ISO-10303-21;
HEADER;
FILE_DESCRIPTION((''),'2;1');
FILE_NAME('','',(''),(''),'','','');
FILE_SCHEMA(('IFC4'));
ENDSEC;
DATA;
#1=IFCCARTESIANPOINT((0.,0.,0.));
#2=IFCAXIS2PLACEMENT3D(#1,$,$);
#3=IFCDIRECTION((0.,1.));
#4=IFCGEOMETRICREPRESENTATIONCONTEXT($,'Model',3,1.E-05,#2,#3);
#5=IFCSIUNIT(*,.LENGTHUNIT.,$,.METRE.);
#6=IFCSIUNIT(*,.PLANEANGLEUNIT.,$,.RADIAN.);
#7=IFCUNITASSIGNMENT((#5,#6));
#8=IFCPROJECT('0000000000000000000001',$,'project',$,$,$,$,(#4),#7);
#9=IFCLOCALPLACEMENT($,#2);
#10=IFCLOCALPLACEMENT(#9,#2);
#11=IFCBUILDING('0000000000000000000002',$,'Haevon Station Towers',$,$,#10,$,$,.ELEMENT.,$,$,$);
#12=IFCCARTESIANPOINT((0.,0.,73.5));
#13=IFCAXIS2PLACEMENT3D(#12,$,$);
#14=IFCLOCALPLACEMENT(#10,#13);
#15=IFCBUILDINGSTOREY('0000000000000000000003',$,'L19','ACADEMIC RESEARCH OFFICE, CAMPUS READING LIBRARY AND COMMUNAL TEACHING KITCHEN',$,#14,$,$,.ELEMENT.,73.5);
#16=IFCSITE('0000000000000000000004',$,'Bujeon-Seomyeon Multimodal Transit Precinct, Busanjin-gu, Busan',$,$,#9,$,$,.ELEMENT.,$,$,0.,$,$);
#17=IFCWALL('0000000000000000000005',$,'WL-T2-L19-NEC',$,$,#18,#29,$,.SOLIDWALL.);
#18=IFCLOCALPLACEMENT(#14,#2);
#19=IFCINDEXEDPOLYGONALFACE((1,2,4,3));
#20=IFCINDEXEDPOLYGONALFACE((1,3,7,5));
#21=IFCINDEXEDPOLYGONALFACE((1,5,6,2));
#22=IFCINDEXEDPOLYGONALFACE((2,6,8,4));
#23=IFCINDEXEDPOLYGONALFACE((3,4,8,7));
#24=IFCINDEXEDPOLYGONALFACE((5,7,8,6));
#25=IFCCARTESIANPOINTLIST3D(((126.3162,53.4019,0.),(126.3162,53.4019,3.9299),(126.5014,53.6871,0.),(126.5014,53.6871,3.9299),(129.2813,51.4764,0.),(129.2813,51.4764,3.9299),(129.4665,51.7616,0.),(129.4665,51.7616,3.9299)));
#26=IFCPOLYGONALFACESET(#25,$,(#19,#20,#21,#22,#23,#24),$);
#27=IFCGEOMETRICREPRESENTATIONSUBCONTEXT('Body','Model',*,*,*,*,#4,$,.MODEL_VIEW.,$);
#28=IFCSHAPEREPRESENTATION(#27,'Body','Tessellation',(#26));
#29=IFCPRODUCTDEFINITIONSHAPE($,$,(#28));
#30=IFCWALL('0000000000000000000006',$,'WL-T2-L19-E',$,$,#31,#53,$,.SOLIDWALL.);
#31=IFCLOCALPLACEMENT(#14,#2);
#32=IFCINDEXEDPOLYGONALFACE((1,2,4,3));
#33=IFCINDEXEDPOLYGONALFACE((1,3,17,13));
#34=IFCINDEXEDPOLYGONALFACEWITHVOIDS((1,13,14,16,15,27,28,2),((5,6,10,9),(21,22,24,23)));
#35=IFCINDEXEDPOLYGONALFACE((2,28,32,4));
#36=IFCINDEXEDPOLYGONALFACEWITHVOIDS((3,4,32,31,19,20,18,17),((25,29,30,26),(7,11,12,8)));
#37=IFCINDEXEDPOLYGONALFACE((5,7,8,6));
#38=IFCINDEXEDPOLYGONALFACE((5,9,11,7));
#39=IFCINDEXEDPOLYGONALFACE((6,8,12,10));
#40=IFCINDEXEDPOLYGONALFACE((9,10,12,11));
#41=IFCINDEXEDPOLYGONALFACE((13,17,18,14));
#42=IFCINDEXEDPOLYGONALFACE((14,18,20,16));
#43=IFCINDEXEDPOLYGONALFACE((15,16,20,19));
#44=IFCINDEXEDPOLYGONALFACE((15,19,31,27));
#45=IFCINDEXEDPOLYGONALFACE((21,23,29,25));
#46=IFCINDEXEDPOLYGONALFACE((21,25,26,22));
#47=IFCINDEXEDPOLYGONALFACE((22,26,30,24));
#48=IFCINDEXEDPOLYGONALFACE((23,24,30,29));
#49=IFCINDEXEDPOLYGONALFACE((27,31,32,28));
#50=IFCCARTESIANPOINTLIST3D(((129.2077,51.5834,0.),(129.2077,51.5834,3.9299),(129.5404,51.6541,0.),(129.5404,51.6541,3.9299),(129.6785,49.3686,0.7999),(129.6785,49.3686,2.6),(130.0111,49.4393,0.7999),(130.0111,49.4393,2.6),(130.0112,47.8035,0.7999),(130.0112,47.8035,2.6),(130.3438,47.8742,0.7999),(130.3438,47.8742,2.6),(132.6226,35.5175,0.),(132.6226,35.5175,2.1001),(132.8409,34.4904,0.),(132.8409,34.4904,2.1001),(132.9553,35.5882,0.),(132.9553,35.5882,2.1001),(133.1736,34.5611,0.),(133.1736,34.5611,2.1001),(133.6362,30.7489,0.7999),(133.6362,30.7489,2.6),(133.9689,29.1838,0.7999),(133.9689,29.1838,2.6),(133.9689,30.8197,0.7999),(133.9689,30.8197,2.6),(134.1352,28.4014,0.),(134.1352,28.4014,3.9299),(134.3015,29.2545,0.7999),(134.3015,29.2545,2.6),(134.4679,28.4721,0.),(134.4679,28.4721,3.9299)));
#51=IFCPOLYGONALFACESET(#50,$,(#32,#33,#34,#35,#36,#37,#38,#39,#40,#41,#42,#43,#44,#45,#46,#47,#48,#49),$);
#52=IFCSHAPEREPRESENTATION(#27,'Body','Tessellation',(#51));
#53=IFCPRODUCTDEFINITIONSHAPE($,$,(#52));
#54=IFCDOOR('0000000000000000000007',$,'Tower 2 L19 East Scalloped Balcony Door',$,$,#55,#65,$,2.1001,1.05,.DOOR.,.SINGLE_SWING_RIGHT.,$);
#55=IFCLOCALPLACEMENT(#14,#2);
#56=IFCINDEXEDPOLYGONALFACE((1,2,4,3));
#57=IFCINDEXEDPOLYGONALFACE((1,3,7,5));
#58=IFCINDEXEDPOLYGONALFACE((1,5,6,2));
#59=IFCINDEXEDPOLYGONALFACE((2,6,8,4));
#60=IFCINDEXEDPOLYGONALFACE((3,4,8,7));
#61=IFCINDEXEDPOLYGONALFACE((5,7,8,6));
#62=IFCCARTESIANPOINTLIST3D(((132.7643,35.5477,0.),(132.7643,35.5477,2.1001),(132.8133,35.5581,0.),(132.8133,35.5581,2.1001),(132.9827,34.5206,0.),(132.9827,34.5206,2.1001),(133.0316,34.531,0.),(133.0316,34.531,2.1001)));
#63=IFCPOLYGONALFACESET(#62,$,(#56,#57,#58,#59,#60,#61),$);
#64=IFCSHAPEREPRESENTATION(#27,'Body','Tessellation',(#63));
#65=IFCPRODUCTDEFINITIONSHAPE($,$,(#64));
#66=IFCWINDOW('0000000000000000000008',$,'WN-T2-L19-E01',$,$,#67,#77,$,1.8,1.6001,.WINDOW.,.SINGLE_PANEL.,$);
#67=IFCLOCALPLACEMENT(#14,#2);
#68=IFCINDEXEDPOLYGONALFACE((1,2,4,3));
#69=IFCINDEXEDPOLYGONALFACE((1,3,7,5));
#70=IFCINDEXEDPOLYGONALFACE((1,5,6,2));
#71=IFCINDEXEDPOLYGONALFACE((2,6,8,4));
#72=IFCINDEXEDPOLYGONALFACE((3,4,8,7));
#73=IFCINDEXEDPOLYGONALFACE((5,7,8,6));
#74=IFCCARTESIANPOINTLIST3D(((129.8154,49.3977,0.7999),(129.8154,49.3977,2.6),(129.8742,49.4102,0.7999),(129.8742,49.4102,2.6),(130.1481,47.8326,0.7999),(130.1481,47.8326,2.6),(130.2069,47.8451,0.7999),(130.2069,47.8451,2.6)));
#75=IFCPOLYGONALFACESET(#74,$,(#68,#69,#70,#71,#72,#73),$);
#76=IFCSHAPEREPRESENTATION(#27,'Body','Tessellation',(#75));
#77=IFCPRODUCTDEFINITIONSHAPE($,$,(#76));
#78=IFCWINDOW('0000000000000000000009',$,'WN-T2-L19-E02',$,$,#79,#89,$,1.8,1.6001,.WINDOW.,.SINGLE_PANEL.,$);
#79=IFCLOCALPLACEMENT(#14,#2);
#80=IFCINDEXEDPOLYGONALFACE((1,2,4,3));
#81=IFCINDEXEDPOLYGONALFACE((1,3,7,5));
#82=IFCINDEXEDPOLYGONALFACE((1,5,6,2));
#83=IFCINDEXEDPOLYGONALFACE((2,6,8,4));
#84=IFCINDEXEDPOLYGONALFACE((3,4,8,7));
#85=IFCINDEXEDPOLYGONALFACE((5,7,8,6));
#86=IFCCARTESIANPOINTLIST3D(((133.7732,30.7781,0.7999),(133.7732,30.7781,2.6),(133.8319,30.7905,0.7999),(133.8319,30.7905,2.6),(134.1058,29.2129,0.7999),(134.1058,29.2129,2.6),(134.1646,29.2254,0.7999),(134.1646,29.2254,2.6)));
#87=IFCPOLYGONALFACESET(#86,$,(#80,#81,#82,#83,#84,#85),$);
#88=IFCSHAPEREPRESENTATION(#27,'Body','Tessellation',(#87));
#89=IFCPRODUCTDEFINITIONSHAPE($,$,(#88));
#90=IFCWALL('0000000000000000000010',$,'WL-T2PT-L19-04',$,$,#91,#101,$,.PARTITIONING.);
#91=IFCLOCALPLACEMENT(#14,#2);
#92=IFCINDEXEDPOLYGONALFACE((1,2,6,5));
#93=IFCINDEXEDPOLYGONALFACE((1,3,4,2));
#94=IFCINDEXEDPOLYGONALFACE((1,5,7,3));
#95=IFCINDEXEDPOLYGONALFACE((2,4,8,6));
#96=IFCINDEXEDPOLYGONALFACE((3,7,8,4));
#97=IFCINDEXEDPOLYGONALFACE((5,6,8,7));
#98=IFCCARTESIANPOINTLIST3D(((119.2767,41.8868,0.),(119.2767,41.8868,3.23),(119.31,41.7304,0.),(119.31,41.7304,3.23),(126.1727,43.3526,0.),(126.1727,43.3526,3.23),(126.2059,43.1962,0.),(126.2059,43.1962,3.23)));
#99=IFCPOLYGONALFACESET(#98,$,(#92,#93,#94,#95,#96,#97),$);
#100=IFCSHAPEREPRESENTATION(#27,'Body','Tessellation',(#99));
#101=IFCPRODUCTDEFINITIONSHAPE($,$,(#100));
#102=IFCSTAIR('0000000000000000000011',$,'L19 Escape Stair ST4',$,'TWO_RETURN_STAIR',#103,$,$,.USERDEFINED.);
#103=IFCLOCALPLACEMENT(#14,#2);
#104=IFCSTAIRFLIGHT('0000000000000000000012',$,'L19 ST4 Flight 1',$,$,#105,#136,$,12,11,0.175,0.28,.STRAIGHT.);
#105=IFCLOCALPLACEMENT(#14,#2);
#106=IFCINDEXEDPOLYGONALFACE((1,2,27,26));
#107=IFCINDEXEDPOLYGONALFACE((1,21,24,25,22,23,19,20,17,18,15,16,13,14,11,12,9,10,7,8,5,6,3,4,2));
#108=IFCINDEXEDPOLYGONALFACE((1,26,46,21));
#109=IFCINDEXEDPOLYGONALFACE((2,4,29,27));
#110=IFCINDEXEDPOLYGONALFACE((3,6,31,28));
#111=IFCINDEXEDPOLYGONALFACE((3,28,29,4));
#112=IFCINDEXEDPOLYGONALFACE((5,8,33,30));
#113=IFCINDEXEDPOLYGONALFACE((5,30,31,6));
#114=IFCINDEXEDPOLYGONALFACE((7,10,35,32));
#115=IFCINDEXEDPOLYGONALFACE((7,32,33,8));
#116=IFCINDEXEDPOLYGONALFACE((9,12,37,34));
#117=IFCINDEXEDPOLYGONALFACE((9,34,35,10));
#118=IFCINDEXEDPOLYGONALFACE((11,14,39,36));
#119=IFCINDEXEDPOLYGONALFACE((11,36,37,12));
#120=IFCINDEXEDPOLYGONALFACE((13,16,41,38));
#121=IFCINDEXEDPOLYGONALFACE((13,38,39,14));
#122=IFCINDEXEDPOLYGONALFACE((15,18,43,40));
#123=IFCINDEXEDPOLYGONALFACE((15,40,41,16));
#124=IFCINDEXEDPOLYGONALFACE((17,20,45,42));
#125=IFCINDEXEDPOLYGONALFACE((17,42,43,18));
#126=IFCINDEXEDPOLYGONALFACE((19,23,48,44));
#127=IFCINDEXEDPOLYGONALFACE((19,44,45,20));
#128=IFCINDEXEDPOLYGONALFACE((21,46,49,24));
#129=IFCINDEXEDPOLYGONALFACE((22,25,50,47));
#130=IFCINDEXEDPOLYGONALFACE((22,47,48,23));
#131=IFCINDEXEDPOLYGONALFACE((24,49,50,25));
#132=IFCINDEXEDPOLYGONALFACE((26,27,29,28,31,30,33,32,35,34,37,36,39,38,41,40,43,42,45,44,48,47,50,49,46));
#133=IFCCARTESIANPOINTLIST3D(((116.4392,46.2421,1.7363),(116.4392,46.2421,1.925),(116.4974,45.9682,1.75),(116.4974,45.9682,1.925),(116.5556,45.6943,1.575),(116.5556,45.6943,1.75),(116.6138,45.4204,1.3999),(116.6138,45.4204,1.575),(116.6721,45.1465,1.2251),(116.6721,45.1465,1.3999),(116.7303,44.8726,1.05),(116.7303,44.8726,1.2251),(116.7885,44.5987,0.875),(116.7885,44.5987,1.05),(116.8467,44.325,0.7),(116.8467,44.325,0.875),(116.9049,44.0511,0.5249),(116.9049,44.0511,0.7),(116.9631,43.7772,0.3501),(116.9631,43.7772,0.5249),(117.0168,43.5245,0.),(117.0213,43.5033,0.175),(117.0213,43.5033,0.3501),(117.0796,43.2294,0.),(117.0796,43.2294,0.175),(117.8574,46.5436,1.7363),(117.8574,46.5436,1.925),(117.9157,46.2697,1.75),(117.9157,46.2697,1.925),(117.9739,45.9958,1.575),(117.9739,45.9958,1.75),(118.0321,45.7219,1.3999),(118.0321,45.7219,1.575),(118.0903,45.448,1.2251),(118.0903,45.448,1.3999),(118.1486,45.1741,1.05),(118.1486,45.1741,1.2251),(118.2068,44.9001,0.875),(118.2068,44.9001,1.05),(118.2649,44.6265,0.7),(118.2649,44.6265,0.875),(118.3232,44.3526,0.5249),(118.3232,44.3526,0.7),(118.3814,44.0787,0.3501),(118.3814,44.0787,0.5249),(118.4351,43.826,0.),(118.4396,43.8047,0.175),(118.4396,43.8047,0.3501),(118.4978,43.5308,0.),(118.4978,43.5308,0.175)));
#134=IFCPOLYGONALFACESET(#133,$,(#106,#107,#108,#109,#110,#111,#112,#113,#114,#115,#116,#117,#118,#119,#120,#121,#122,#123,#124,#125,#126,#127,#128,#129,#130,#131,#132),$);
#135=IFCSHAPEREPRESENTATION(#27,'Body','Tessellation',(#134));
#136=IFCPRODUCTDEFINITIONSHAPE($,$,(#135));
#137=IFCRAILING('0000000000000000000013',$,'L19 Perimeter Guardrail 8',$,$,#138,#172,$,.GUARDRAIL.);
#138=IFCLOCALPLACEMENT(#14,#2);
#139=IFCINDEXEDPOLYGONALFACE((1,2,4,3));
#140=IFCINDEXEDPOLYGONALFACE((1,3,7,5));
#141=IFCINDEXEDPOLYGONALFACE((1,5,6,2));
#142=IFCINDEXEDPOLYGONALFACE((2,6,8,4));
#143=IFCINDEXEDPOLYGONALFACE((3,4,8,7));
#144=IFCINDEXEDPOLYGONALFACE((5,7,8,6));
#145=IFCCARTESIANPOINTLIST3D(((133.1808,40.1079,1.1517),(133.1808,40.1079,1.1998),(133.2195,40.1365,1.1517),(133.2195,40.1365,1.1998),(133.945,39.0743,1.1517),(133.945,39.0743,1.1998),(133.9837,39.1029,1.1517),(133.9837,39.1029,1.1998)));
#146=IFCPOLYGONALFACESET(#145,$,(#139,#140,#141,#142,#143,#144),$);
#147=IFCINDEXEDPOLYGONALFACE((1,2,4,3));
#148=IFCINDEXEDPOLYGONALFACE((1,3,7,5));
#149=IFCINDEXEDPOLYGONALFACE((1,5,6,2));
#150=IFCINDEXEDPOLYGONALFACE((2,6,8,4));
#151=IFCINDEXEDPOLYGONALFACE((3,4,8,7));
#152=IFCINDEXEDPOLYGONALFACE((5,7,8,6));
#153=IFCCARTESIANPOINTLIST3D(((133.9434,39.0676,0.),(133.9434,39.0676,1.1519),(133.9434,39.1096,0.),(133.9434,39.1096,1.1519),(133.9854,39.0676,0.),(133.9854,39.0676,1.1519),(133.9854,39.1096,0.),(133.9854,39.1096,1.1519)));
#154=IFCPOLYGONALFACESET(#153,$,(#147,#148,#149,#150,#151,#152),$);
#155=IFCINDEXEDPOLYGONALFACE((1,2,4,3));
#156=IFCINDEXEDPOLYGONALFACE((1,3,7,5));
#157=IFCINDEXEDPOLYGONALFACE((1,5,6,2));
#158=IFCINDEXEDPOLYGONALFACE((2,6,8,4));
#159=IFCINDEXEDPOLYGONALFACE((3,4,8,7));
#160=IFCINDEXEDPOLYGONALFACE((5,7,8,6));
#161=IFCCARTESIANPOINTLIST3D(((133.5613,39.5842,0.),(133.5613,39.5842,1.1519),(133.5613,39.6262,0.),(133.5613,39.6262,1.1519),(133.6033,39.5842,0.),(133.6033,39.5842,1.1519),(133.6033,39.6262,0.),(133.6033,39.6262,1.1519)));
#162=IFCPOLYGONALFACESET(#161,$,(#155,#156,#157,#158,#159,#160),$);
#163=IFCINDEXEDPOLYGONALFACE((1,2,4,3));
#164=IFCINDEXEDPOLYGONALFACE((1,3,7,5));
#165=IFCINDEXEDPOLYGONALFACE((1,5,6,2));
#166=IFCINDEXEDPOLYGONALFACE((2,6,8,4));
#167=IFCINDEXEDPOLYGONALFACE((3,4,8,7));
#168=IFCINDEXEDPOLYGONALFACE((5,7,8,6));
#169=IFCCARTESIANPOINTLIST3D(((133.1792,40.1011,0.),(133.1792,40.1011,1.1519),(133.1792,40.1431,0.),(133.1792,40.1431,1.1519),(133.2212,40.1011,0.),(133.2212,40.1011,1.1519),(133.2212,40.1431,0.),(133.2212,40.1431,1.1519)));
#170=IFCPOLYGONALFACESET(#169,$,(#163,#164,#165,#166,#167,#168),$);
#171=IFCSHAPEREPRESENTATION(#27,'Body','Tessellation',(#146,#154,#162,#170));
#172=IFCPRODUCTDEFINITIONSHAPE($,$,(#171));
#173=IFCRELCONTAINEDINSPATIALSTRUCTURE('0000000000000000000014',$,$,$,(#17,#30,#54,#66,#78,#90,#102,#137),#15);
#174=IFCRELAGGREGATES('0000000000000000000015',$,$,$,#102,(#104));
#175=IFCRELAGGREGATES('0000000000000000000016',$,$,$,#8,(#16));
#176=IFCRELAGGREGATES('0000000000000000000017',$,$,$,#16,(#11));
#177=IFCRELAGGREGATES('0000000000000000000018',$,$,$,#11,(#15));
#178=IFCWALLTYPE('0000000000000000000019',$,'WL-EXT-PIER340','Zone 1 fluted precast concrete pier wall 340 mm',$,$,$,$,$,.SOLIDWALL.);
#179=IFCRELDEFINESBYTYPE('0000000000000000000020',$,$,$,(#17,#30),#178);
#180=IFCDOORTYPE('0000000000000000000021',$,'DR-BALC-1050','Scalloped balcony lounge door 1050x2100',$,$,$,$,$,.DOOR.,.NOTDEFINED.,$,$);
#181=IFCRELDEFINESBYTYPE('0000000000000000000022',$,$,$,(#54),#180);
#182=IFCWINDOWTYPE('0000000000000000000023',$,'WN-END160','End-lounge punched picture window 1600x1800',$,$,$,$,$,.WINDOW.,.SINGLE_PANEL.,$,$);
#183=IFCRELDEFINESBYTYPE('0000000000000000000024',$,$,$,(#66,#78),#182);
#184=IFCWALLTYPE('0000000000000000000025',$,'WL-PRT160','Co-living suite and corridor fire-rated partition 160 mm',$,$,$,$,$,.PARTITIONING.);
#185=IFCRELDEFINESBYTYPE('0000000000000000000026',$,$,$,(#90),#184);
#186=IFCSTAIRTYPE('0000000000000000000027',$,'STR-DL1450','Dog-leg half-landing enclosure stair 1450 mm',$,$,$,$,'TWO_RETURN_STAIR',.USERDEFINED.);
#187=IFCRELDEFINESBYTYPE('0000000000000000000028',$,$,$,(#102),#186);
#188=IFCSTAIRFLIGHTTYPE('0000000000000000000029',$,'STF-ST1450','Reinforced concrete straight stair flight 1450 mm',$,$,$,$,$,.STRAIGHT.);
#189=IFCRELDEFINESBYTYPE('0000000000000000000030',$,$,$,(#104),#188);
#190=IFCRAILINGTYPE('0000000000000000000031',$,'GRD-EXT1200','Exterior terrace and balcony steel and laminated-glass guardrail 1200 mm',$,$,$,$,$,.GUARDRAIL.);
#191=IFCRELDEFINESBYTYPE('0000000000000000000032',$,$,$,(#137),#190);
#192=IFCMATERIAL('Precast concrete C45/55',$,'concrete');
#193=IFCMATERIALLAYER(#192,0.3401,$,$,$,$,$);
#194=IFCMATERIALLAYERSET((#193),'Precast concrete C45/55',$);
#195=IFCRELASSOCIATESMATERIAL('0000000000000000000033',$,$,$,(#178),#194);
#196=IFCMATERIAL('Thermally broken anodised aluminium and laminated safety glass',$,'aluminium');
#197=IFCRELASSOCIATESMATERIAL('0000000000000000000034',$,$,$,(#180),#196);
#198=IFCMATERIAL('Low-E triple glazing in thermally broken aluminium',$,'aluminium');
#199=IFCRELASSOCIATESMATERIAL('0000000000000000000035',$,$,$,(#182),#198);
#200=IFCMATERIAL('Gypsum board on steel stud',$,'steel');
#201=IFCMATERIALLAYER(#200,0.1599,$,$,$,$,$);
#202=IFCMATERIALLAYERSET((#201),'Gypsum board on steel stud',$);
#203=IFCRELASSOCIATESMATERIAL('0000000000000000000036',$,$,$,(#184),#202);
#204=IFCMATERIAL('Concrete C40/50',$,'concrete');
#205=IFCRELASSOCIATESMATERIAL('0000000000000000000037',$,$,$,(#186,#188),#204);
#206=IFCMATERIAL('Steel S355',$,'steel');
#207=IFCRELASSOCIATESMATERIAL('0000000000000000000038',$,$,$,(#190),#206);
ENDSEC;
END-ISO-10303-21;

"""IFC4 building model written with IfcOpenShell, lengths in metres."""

from ifc_helpers import new_model, si_unit, direction, frame, frame_2d, origin, origin_2d, place, context, subcontext, project, spatial, polyline, rectangle, outline, extrude, material, layer, layer_set, type_object, element, fill, aggregate, save


model = new_model("IFC4")

# Units and contexts
model_context = context("Model", 3, precision=1e-05, world=origin(), true_north=direction((0.0, 1.0)))
body_context = subcontext(model_context, "Body", "Model", "MODEL_VIEW")
ifc_project = project(units=[si_unit("LENGTHUNIT", "METRE"), si_unit("PLANEANGLEUNIT", "RADIAN")], contexts=[model_context])

# Site, building, storey
site_placement = place(None, origin())
site = spatial("IfcSite", under=ifc_project, at=site_placement, Name="Bujeon-Seomyeon Multimodal Transit Precinct, Busanjin-gu, Busan", CompositionType="ELEMENT", RefElevation=0.0)
building_placement = place(site_placement, origin())
building = spatial("IfcBuilding", under=site, at=building_placement, Name="Haevon Station Towers", CompositionType="ELEMENT")
storey_placement = place(building_placement, frame((0.0, 0.0, 73.5)))
storey = spatial("IfcBuildingStorey", under=building, at=storey_placement, Name="L19", Description="ACADEMIC RESEARCH OFFICE, CAMPUS READING LIBRARY AND COMMUNAL TEACHING KITCHEN", CompositionType="ELEMENT", Elevation=73.5)

# Shared definitions
ifc_material_1 = material(Name="Steel S355", Category="steel")

# Wall
ifc_material_2 = material(Name="Precast concrete C45/55", Category="concrete")
ifc_layer_1 = layer(ifc_material_2, 0.3401)
ifc_layer_set_1 = layer_set([ifc_layer_1], Name="Precast concrete C45/55")
wall_type_1 = type_object("IfcWallType", Name="WL-EXT-PIER340", Description="Zone 1 fluted precast concrete pier wall 340 mm", PredefinedType="SOLIDWALL", material=ifc_layer_set_1)
wall_1_placement = place(storey_placement, frame((126.4089, 53.5444, 0.0), z_axis=(0.0, 0.0, 1.0), x_axis=(0.838672, -0.544636, 0.0)))
element("IfcWall", 1, at=wall_1_placement, inside=storey, type_object=wall_type_1, Name="WL-T2-L19-NEC", PredefinedType="SOLIDWALL", context=body_context, shape_type="SweptSolid", body=[
    extrude(rectangle(XDim=3.5354, YDim=0.3401, at=frame_2d((1.7676, 0.0))), origin(), (0.0, 0.0, 1.0), 3.9299),
])

# Wall, openings, door, windows
wall_2_placement = place(storey_placement, frame((129.374, 51.6189, 0.0), z_axis=(0.0, 0.0, 1.0), x_axis=(0.207911, -0.978148, 0.0)))
wall_2 = element("IfcWall", 2, at=wall_2_placement, inside=storey, type_object=wall_type_1, Name="WL-T2-L19-E", PredefinedType="SOLIDWALL", context=body_context, shape_type="SweptSolid", body=[
    extrude(rectangle(XDim=23.7, YDim=0.3401, at=frame_2d((11.8501, 0.0))), origin(), (0.0, 0.0, 1.0), 3.9299),
])
opening_1_placement = place(wall_2_placement, frame((16.425, 0.0, 0.0)))
opening_1 = element("IfcOpeningElement", 3, at=opening_1_placement, cuts=wall_2, PredefinedType="OPENING", context=body_context, shape_type="SweptSolid", body=[
    extrude(rectangle(XDim=1.05, YDim=2.1001, at=frame_2d((0.5249, 1.05))), frame((0.0, 0.1799, 0.0), z_axis=(0.0, -1.0, 0.0), x_axis=(1.0, 0.0, 0.0)), (0.0, 0.0, 1.0), 0.3601),
])
opening_2_placement = place(wall_2_placement, frame((2.2644, 0.0, 0.8)))
opening_2 = element("IfcOpeningElement", 4, at=opening_2_placement, cuts=wall_2, PredefinedType="OPENING", context=body_context, shape_type="SweptSolid", body=[
    extrude(rectangle(XDim=1.6001, YDim=1.8, at=frame_2d((0.8, 0.8999))), frame((0.0, 0.1799, 0.0), z_axis=(0.0, -1.0, 0.0), x_axis=(1.0, 0.0, 0.0)), (0.0, 0.0, 1.0), 0.3601),
])
opening_3_placement = place(wall_2_placement, frame((21.3, 0.0, 0.8)))
opening_3 = element("IfcOpeningElement", 5, at=opening_3_placement, cuts=wall_2, PredefinedType="OPENING", context=body_context, shape_type="SweptSolid", body=[
    extrude(rectangle(XDim=1.6001, YDim=1.8, at=frame_2d((0.8, 0.8999))), frame((0.0, 0.1799, 0.0), z_axis=(0.0, -1.0, 0.0), x_axis=(1.0, 0.0, 0.0)), (0.0, 0.0, 1.0), 0.3601),
])
ifc_material_3 = material(Name="Thermally broken anodised aluminium and laminated safety glass", Category="aluminium")
door_type = type_object("IfcDoorType", Name="DR-BALC-1050", Description="Scalloped balcony lounge door 1050x2100", OperationType="NOTDEFINED", PredefinedType="DOOR", material=ifc_material_3)
door_placement = place(opening_1_placement, origin())
door = element("IfcDoor", 6, at=door_placement, inside=storey, type_object=door_type, Name="Tower 2 L19 East Scalloped Balcony Door", OperationType="SINGLE_SWING_RIGHT", OverallHeight=2.1001, OverallWidth=1.05, PredefinedType="DOOR", context=body_context, shape_type="SweptSolid", body=[
    extrude(rectangle(XDim=1.05, YDim=2.1001, at=frame_2d((0.5249, 1.05))), frame((0.0, 0.0249, 0.0), z_axis=(0.0, -1.0, 0.0), x_axis=(1.0, 0.0, 0.0)), (0.0, 0.0, 1.0), 0.05),
])
fill(opening_1, door)
ifc_material_4 = material(Name="Low-E triple glazing in thermally broken aluminium", Category="aluminium")
window_type = type_object("IfcWindowType", Name="WN-END160", Description="End-lounge punched picture window 1600x1800", PartitioningType="SINGLE_PANEL", PredefinedType="WINDOW", material=ifc_material_4)
window_1_placement = place(opening_2_placement, origin())
window_1 = element("IfcWindow", 7, at=window_1_placement, inside=storey, type_object=window_type, Name="WN-T2-L19-E01", OverallHeight=1.8, OverallWidth=1.6001, PartitioningType="SINGLE_PANEL", PredefinedType="WINDOW", context=body_context, shape_type="SweptSolid", body=[
    extrude(rectangle(XDim=1.6001, YDim=1.8, at=frame_2d((0.8, 0.8999))), frame((0.0, 0.03, 0.0), z_axis=(0.0, -1.0, 0.0), x_axis=(1.0, 0.0, 0.0)), (0.0, 0.0, 1.0), 0.0601),
])
fill(opening_2, window_1)
window_2_placement = place(opening_3_placement, origin())
window_2 = element("IfcWindow", 8, at=window_2_placement, inside=storey, type_object=window_type, Name="WN-T2-L19-E02", OverallHeight=1.8, OverallWidth=1.6001, PartitioningType="SINGLE_PANEL", PredefinedType="WINDOW", context=body_context, shape_type="SweptSolid", body=[
    extrude(rectangle(XDim=1.6001, YDim=1.8, at=frame_2d((0.8, 0.8999))), frame((0.0, 0.03, 0.0), z_axis=(0.0, -1.0, 0.0), x_axis=(1.0, 0.0, 0.0)), (0.0, 0.0, 1.0), 0.0601),
])
fill(opening_3, window_2)

# Wall
ifc_material_5 = material(Name="Gypsum board on steel stud", Category="steel")
ifc_layer_2 = layer(ifc_material_5, 0.1599)
ifc_layer_set_2 = layer_set([ifc_layer_2], Name="Gypsum board on steel stud")
wall_type_2 = type_object("IfcWallType", Name="WL-PRT160", Description="Co-living suite and corridor fire-rated partition 160 mm", PredefinedType="PARTITIONING", material=ifc_layer_set_2)
wall_3_placement = place(storey_placement, frame((119.2935, 41.8086, 0.0), z_axis=(0.0, 0.0, 1.0), x_axis=(0.978147, 0.207916, 0.0)))
element("IfcWall", 9, at=wall_3_placement, inside=storey, type_object=wall_type_2, Name="WL-T2PT-L19-04", PredefinedType="PARTITIONING", context=body_context, shape_type="SweptSolid", body=[
    extrude(rectangle(XDim=7.05, YDim=0.1599, at=frame_2d((3.5249, 0.0))), origin(), (0.0, 0.0, 1.0), 3.23),
])

# Stair, stair flight
ifc_material_6 = material(Name="Concrete C40/50", Category="concrete")
stair_type = type_object("IfcStairType", Name="STR-DL1450", Description="Dog-leg half-landing enclosure stair 1450 mm", ElementType="TWO_RETURN_STAIR", PredefinedType="USERDEFINED", material=ifc_material_6)
stair_placement = place(storey_placement, origin())
stair = element("IfcStair", 10, at=stair_placement, inside=storey, type_object=stair_type, Name="L19 Escape Stair ST4", ObjectType="TWO_RETURN_STAIR", PredefinedType="USERDEFINED")
stair_flight_type = type_object("IfcStairFlightType", Name="STF-ST1450", Description="Reinforced concrete straight stair flight 1450 mm", PredefinedType="STRAIGHT", material=ifc_material_6)
stair_flight_placement = place(storey_placement, frame((117.7888, 43.3801, 0.0), z_axis=(0.0, 0.0, 1.0), x_axis=(-0.207912, 0.978148, 0.0)))
stair_flight = element("IfcStairFlight", 11, at=stair_flight_placement, type_object=stair_flight_type, Name="L19 ST4 Flight 1", NumberOfRisers=12, NumberOfTreads=11, PredefinedType="STRAIGHT", RiserHeight=0.175, TreadLength=0.28, context=body_context, shape_type="SweptSolid", body=[
    extrude(outline(polyline([(0.0, 0.0), (0.0, 0.175), (0.28, 0.175), (0.28, 0.3501), (0.5601, 0.3501), (0.5601, 0.5249), (0.8401, 0.5249), (0.8401, 0.7), (1.1201, 0.7), (1.1201, 0.875), (1.3999, 0.875), (1.3999, 1.05), (1.6799, 1.05), (1.6799, 1.2251), (1.96, 1.2251), (1.96, 1.3999), (2.24, 1.3999), (2.24, 1.575), (2.52, 1.575), (2.52, 1.75), (2.8, 1.75), (2.8, 1.925), (3.0801, 1.925), (3.0801, 2.1001), (3.0801, 1.7363), (0.3018, 0.0), (0.0, 0.0)])), frame((0.0, 0.7251, 0.0), z_axis=(0.0, -1.0, 0.0), x_axis=(1.0, 0.0, 0.0)), (0.0, 0.0, 1.0), 1.45),
])
aggregate(stair, [stair_flight])

# Railing
railing_type_1 = type_object("IfcRailingType", Name="GRD-EXT1200", Description="Exterior terrace and balcony steel and laminated-glass guardrail 1200 mm", PredefinedType="GUARDRAIL", material=ifc_material_1)
railing_1_placement = place(storey_placement, frame((133.9644, 39.0886, 0.0)))
element("IfcRailing", 12, at=railing_1_placement, inside=storey, type_object=railing_type_1, Name="L19 Perimeter Guardrail 8", PredefinedType="GUARDRAIL", context=body_context, shape_type="SweptSolid", body=[
    extrude(rectangle(XDim=0.0481, YDim=0.0481, at=origin_2d()), frame((0.0, 0.0, 1.1758), z_axis=(-0.594546, 0.804062, 0.0), x_axis=(-0.804062, -0.594546, 0.0)), (0.0, 0.0, 1.0), 1.2854),
    extrude(rectangle(XDim=0.042, YDim=0.042, at=origin_2d()), origin(), (0.0, 0.0, 1.0), 1.1519),
    extrude(rectangle(XDim=0.042, YDim=0.042, at=origin_2d()), frame((-0.3821, 0.5166, 0.0)), (0.0, 0.0, 1.0), 1.1519),
    extrude(rectangle(XDim=0.042, YDim=0.042, at=origin_2d()), frame((-0.7642, 1.0334, 0.0)), (0.0, 0.0, 1.0), 1.1519),
])

save(model, "model.ifc")
